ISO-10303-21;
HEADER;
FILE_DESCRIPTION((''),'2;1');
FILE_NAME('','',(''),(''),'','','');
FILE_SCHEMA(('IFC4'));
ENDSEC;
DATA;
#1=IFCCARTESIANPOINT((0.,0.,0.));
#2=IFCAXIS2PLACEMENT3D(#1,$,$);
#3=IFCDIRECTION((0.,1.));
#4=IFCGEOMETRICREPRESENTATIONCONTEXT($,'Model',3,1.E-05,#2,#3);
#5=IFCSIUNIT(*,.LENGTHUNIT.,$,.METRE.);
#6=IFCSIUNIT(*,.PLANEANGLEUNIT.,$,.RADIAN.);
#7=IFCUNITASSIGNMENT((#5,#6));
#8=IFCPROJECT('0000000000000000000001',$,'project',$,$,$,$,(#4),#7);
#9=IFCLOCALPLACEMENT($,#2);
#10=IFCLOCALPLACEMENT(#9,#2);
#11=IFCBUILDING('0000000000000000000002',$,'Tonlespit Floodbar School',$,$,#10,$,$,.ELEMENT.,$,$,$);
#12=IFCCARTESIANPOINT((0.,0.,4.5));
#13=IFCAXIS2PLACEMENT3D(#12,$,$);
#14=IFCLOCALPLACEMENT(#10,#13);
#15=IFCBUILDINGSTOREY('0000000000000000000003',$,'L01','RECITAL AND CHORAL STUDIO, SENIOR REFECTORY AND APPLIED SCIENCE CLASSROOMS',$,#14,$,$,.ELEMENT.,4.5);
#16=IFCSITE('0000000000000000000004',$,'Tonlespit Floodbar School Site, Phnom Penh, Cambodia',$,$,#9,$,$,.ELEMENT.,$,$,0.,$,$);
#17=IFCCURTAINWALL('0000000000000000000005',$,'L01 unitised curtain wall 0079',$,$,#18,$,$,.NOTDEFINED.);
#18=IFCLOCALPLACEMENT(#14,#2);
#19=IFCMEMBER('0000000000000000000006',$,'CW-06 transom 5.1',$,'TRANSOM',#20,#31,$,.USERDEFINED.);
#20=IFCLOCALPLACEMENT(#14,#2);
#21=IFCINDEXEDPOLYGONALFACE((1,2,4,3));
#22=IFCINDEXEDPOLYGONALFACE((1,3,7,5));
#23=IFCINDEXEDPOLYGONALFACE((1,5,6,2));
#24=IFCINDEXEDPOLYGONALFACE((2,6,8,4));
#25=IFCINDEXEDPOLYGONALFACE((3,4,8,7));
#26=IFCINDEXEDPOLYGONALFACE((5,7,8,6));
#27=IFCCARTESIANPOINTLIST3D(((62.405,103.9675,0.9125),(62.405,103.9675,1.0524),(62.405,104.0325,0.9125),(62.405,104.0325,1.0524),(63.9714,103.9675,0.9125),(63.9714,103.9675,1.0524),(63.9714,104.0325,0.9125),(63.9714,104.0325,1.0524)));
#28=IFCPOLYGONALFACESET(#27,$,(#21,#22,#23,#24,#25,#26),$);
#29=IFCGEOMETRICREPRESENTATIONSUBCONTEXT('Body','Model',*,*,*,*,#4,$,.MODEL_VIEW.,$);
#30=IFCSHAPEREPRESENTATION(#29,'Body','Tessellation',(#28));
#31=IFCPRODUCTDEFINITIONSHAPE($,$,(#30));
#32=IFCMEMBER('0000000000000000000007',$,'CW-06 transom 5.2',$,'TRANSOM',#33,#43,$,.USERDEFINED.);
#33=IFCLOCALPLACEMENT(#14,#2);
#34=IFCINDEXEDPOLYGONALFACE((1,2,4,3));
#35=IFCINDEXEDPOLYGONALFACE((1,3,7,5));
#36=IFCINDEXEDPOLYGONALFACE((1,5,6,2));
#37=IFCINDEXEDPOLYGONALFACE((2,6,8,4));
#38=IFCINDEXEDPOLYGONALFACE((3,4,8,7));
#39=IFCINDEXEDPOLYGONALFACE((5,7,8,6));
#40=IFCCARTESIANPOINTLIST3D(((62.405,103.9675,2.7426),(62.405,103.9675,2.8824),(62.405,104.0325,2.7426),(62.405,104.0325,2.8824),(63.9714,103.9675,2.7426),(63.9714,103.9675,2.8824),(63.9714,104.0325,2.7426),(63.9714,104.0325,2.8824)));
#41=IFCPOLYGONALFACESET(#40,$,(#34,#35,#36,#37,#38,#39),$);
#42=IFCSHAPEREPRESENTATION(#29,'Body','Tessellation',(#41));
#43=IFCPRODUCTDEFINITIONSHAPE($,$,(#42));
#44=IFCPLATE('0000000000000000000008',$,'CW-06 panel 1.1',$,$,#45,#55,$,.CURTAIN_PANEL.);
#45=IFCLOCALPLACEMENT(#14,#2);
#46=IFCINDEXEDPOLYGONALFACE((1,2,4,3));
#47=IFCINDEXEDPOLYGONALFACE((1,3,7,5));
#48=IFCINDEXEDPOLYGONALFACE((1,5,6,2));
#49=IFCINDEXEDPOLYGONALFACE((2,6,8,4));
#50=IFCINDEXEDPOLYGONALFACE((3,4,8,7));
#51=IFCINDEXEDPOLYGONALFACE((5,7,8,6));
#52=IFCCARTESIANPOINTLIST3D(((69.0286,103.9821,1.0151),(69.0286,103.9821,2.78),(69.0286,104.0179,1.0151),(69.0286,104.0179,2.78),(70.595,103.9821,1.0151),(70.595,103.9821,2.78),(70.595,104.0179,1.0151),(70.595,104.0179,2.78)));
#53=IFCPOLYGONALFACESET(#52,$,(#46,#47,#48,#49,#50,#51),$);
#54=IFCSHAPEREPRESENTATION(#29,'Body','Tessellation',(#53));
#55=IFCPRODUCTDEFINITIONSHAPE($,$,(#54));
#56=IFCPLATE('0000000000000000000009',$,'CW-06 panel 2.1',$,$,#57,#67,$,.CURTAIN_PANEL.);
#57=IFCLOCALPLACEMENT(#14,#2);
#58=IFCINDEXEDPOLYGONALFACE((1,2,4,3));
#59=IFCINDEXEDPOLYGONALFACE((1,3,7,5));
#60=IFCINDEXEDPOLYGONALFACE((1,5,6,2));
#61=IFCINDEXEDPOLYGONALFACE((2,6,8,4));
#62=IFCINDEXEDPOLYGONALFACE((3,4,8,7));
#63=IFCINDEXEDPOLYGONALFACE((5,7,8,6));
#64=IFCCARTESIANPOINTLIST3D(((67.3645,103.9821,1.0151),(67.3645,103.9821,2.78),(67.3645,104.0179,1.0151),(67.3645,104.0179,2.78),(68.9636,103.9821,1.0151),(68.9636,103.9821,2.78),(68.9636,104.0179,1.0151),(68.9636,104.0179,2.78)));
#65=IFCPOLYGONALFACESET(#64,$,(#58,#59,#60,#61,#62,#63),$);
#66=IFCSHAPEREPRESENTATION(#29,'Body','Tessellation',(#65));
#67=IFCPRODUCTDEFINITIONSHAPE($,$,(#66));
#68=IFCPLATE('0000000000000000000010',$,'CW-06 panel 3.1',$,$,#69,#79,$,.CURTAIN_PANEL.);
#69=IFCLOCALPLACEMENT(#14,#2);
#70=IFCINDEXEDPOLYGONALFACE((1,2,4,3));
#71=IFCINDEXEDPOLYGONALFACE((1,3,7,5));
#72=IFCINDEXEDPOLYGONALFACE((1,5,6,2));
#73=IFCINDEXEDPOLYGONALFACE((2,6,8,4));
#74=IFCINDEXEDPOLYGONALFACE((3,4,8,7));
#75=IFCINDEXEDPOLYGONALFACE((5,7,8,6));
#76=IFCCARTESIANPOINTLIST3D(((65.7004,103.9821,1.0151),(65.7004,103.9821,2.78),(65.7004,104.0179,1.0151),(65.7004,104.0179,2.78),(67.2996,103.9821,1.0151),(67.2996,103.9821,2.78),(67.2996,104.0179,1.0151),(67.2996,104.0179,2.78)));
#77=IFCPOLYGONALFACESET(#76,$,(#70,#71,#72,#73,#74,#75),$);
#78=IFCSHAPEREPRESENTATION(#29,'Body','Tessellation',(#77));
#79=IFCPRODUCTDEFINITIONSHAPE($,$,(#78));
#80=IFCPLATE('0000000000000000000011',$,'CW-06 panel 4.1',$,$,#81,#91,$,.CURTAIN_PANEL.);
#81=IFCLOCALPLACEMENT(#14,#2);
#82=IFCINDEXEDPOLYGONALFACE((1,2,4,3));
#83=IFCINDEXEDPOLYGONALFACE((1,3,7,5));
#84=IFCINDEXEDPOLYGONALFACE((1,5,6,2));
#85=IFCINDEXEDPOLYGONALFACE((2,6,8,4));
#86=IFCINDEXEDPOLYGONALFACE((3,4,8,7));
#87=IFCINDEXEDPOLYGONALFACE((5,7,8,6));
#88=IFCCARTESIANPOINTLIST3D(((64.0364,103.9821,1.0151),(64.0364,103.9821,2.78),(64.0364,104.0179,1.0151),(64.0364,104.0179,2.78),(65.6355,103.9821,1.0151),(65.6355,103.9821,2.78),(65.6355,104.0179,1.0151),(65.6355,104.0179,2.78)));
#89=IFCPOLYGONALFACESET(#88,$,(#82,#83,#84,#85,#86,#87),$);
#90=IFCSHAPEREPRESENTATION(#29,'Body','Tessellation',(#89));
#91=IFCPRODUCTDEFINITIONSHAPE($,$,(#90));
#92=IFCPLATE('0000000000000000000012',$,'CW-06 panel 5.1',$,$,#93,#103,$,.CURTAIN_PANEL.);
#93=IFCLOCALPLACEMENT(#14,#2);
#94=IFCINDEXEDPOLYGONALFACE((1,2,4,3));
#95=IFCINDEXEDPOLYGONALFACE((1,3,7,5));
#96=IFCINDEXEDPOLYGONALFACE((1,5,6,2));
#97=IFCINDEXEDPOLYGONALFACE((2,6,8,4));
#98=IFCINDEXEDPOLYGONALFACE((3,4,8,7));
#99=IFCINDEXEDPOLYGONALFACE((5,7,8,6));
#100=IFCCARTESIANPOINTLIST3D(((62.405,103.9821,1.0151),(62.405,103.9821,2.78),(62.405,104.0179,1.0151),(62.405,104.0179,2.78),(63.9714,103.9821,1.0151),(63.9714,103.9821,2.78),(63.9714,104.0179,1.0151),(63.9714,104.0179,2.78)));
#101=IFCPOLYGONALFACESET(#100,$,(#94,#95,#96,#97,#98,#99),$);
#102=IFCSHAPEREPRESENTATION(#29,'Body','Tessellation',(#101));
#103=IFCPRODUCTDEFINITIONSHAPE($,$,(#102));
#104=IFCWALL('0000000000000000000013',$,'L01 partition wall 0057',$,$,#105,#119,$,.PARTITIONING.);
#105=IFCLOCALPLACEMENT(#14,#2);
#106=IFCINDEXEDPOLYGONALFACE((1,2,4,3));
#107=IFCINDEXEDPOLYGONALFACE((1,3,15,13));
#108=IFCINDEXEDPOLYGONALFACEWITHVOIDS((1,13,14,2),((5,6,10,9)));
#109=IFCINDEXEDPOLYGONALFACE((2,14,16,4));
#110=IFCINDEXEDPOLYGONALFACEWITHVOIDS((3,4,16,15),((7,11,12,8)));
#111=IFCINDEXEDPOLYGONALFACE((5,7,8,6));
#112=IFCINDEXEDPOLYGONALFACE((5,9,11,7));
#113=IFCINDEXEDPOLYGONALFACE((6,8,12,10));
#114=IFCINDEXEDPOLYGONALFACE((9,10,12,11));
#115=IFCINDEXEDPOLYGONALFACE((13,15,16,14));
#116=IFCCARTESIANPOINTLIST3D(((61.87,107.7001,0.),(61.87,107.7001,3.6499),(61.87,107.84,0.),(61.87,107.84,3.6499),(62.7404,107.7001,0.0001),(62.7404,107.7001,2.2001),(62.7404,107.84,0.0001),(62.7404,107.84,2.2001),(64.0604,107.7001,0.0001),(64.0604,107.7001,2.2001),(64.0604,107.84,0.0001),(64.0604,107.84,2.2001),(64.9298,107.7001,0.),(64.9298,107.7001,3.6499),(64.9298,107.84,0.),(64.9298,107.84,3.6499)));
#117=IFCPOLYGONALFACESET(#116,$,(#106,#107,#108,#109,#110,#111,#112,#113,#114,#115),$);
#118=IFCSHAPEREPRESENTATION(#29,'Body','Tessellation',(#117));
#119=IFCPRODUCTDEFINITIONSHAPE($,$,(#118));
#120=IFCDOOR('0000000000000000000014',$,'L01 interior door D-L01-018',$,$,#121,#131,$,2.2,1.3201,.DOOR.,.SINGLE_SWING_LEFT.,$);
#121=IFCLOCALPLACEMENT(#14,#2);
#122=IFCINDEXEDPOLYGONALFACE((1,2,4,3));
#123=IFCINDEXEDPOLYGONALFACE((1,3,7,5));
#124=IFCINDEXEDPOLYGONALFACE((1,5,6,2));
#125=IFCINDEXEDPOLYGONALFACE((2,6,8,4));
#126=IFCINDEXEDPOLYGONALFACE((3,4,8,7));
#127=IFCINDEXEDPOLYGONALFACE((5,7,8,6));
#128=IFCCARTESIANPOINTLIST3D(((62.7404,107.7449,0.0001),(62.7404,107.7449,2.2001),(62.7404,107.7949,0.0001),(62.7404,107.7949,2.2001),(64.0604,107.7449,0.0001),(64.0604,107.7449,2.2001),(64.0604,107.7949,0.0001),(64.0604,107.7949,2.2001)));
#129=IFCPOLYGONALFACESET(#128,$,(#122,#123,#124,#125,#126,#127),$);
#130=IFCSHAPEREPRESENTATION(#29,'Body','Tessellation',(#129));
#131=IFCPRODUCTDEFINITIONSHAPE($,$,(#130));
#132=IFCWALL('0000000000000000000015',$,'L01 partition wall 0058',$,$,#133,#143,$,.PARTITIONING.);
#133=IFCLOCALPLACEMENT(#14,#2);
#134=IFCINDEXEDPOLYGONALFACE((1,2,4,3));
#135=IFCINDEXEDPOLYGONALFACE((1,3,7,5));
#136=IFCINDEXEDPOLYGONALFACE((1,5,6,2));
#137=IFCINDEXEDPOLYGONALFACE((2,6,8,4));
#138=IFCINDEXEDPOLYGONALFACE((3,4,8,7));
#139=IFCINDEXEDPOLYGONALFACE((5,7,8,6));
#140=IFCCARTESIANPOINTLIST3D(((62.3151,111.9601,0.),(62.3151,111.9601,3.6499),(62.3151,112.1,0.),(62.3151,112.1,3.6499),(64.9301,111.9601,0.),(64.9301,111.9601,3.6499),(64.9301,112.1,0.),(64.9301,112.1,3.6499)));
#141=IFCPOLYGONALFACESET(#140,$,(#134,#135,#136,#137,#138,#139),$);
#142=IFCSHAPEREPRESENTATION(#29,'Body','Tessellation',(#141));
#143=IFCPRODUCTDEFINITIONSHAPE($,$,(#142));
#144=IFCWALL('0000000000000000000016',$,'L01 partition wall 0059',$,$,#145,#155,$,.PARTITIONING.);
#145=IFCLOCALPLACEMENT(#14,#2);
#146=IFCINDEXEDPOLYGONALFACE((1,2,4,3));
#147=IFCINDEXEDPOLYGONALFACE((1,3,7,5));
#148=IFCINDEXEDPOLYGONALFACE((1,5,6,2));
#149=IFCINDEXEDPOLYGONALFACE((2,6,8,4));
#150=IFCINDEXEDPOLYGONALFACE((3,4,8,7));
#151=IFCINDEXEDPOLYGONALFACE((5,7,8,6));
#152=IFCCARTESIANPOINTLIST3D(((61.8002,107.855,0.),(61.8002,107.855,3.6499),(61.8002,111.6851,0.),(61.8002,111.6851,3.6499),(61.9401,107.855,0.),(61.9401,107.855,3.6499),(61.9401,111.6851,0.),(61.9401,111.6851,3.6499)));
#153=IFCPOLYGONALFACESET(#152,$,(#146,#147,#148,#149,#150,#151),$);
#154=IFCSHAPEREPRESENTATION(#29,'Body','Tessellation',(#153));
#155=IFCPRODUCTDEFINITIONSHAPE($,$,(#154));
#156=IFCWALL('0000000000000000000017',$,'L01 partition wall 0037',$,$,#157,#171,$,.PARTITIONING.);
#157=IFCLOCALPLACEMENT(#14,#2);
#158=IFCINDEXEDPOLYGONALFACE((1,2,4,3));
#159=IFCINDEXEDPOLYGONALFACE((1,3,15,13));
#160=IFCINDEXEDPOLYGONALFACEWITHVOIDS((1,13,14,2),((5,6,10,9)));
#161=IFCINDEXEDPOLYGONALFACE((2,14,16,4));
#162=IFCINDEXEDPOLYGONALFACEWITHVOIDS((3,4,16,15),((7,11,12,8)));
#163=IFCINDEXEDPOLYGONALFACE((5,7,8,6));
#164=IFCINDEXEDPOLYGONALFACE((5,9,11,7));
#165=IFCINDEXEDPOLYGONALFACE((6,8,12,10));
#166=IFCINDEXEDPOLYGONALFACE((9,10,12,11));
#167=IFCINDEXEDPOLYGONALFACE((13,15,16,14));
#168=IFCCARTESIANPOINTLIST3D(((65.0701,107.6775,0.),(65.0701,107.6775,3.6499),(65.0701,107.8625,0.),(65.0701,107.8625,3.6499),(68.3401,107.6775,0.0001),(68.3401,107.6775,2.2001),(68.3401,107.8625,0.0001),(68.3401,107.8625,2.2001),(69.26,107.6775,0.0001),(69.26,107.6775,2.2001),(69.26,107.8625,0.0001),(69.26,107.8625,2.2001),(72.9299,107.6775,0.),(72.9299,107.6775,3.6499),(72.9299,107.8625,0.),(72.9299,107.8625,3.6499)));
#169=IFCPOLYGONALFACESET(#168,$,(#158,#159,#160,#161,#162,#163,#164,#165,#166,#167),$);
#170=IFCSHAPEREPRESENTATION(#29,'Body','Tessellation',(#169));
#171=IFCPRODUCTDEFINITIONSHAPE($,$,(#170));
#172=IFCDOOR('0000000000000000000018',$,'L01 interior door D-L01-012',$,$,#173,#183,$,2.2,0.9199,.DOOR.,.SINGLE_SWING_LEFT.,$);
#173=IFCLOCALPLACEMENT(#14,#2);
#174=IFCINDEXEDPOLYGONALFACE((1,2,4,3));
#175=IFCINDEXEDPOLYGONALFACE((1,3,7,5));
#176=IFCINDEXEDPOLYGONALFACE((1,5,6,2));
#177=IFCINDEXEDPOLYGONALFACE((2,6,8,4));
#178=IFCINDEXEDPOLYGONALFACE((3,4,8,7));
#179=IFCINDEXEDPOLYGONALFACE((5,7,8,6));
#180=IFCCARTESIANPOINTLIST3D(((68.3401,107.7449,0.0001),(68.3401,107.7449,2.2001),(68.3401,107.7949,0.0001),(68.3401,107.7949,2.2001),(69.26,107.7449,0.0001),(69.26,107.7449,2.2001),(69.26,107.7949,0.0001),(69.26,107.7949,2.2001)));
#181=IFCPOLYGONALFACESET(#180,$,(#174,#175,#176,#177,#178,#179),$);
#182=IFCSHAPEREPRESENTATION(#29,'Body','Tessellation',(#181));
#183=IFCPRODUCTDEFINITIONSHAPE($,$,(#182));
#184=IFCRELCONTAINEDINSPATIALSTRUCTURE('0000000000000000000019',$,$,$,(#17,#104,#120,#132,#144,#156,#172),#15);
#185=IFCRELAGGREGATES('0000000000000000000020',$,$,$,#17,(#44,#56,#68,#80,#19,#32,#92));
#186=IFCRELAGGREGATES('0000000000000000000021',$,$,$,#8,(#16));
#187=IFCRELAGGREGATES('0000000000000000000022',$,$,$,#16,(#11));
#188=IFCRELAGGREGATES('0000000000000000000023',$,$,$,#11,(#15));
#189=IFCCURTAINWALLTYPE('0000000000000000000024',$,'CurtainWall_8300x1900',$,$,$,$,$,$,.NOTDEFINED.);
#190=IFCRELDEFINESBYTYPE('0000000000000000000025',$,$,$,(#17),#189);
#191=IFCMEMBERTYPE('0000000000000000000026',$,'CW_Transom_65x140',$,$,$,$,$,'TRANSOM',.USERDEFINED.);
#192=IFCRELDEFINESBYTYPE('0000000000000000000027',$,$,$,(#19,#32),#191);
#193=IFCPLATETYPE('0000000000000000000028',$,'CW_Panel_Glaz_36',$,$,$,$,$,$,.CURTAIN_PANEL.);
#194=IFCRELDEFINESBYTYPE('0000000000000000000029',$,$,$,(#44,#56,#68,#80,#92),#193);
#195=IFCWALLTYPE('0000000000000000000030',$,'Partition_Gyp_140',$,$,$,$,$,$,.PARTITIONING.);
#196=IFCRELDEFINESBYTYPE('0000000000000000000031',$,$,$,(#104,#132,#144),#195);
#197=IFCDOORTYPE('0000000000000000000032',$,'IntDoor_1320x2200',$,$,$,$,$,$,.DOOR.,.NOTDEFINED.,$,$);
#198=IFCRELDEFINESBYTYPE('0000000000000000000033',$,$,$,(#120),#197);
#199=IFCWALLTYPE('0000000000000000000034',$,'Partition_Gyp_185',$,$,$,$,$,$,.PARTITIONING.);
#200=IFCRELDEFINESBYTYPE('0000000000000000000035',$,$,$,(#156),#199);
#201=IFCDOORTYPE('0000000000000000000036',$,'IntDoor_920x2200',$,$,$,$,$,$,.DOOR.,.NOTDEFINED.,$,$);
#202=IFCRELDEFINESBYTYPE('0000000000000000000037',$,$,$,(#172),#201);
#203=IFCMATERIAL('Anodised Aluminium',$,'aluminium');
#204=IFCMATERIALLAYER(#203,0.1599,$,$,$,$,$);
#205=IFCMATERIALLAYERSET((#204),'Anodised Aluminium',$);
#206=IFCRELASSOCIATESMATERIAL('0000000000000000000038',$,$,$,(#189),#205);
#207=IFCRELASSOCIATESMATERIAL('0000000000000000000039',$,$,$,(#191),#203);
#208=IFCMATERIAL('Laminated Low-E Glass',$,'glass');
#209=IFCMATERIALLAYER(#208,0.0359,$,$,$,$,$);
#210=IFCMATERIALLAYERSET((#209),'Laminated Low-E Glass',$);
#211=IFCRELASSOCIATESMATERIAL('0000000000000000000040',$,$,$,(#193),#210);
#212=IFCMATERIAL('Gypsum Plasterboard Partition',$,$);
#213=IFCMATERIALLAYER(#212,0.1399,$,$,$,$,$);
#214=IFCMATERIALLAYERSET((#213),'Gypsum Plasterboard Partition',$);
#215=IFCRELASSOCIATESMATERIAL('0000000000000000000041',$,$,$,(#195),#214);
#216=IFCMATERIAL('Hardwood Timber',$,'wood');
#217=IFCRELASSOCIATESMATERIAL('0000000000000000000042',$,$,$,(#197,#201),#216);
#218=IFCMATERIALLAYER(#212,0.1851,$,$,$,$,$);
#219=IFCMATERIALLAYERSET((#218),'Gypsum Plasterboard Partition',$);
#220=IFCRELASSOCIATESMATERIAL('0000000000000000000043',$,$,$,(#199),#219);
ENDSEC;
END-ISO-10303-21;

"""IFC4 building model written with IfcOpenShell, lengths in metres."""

from ifc_helpers import new_model, si_unit, direction, frame, frame_2d, origin, origin_2d, place, context, subcontext, project, spatial, rectangle, extrude, material, layer, layer_set, material_profile, profile_set, type_object, element, fill, aggregate, save


model = new_model("IFC4")

# Units and contexts
model_context = context("Model", 3, precision=1e-05, world=origin(), true_north=direction((0.0, 1.0)))
body_context = subcontext(model_context, "Body", "Model", "MODEL_VIEW")
ifc_project = project(units=[si_unit("LENGTHUNIT", "METRE"), si_unit("PLANEANGLEUNIT", "RADIAN")], contexts=[model_context])

# Site, building, storey
site_placement = place(None, origin())
site = spatial("IfcSite", under=ifc_project, at=site_placement, Name="Tonlespit Floodbar School Site, Phnom Penh, Cambodia", CompositionType="ELEMENT", RefElevation=0.0)
building_placement = place(site_placement, origin())
building = spatial("IfcBuilding", under=site, at=building_placement, Name="Tonlespit Floodbar School", CompositionType="ELEMENT")
storey_placement = place(building_placement, frame((0.0, 0.0, 4.5)))
storey = spatial("IfcBuildingStorey", under=building, at=storey_placement, Name="L01", Description="RECITAL AND CHORAL STUDIO, SENIOR REFECTORY AND APPLIED SCIENCE CLASSROOMS", CompositionType="ELEMENT", Elevation=4.5)

# Curtain wall, members, plates
ifc_material_1 = material(Name="Anodised Aluminium", Category="aluminium")
ifc_layer_1 = layer(ifc_material_1, 0.1599)
ifc_layer_set_1 = layer_set([ifc_layer_1], Name="Anodised Aluminium")
curtain_wall_type = type_object("IfcCurtainWallType", Name="CurtainWall_8300x1900", PredefinedType="NOTDEFINED", material=ifc_layer_set_1)
curtain_wall_placement = place(storey_placement, origin())
curtain_wall = element("IfcCurtainWall", 1, at=curtain_wall_placement, inside=storey, type_object=curtain_wall_type, Name="L01 unitised curtain wall 0079", PredefinedType="NOTDEFINED")
ifc_material_profile_1 = material_profile(ifc_material_1, rectangle(XDim=0.0649, YDim=0.1399, at=origin_2d()), Name="ALU T65x140")
ifc_profile_set_1 = profile_set([ifc_material_profile_1], Name="Anodised Aluminium")
member_type_1 = type_object("IfcMemberType", Name="CW_Transom_65x140", ElementType="TRANSOM", PredefinedType="USERDEFINED", material=ifc_profile_set_1)
member_1_placement = place(storey_placement, frame((63.9714, 104.0, 0.9824), z_axis=(-1.0, 0.0, 0.0), x_axis=(0.0, -1.0, 0.0)))
member_1 = element("IfcMember", 2, at=member_1_placement, type_object=member_type_1, Name="CW-06 transom 5.1", ObjectType="TRANSOM", PredefinedType="USERDEFINED", context=body_context, shape_type="SweptSolid", body=[
    extrude(rectangle(XDim=0.0649, YDim=0.1399, at=origin_2d()), origin(), (0.0, 0.0, 1.0), 1.5664),
])
member_2_placement = place(storey_placement, frame((63.9714, 104.0, 2.8125), z_axis=(-1.0, 0.0, 0.0), x_axis=(0.0, -1.0, 0.0)))
member_2 = element("IfcMember", 3, at=member_2_placement, type_object=member_type_1, Name="CW-06 transom 5.2", ObjectType="TRANSOM", PredefinedType="USERDEFINED", context=body_context, shape_type="SweptSolid", body=[
    extrude(rectangle(XDim=0.0649, YDim=0.1399, at=origin_2d()), origin(), (0.0, 0.0, 1.0), 1.5664),
])
ifc_material_2 = material(Name="Laminated Low-E Glass", Category="glass")
ifc_layer_2 = layer(ifc_material_2, 0.0359)
ifc_layer_set_2 = layer_set([ifc_layer_2], Name="Laminated Low-E Glass")
plate_type = type_object("IfcPlateType", Name="CW_Panel_Glaz_36", PredefinedType="CURTAIN_PANEL", material=ifc_layer_set_2)
plate_1_placement = place(storey_placement, frame((69.8118, 104.0, 1.0151), z_axis=(0.0, 0.0, 1.0), x_axis=(-1.0, 0.0, 0.0)))
plate_1 = element("IfcPlate", 4, at=plate_1_placement, type_object=plate_type, Name="CW-06 panel 1.1", PredefinedType="CURTAIN_PANEL", context=body_context, shape_type="SweptSolid", body=[
    extrude(rectangle(XDim=1.5664, YDim=0.0359, at=origin_2d()), origin(), (0.0, 0.0, 1.0), 1.7649),
])
plate_2_placement = place(storey_placement, frame((68.1641, 104.0, 1.0151), z_axis=(0.0, 0.0, 1.0), x_axis=(-1.0, 0.0, 0.0)))
plate_2 = element("IfcPlate", 5, at=plate_2_placement, type_object=plate_type, Name="CW-06 panel 2.1", PredefinedType="CURTAIN_PANEL", context=body_context, shape_type="SweptSolid", body=[
    extrude(rectangle(XDim=1.5991, YDim=0.0359, at=origin_2d()), origin(), (0.0, 0.0, 1.0), 1.7649),
])
plate_3_placement = place(storey_placement, frame((66.5, 104.0, 1.0151), z_axis=(0.0, 0.0, 1.0), x_axis=(-1.0, 0.0, 0.0)))
plate_3 = element("IfcPlate", 6, at=plate_3_placement, type_object=plate_type, Name="CW-06 panel 3.1", PredefinedType="CURTAIN_PANEL", context=body_context, shape_type="SweptSolid", body=[
    extrude(rectangle(XDim=1.5991, YDim=0.0359, at=origin_2d()), origin(), (0.0, 0.0, 1.0), 1.7649),
])
plate_4_placement = place(storey_placement, frame((64.8359, 104.0, 1.0151), z_axis=(0.0, 0.0, 1.0), x_axis=(-1.0, 0.0, 0.0)))
plate_4 = element("IfcPlate", 7, at=plate_4_placement, type_object=plate_type, Name="CW-06 panel 4.1", PredefinedType="CURTAIN_PANEL", context=body_context, shape_type="SweptSolid", body=[
    extrude(rectangle(XDim=1.5991, YDim=0.0359, at=origin_2d()), origin(), (0.0, 0.0, 1.0), 1.7649),
])
plate_5_placement = place(storey_placement, frame((63.1882, 104.0, 1.0151), z_axis=(0.0, 0.0, 1.0), x_axis=(-1.0, 0.0, 0.0)))
plate_5 = element("IfcPlate", 8, at=plate_5_placement, type_object=plate_type, Name="CW-06 panel 5.1", PredefinedType="CURTAIN_PANEL", context=body_context, shape_type="SweptSolid", body=[
    extrude(rectangle(XDim=1.5664, YDim=0.0359, at=origin_2d()), origin(), (0.0, 0.0, 1.0), 1.7649),
])
aggregate(curtain_wall, [plate_1, plate_2, plate_3, plate_4, member_1, member_2, plate_5])

# Wall, opening, door
ifc_material_3 = material(Name="Gypsum Plasterboard Partition")
ifc_layer_3 = layer(ifc_material_3, 0.1399)
ifc_layer_set_3 = layer_set([ifc_layer_3], Name="Gypsum Plasterboard Partition")
wall_type_1 = type_object("IfcWallType", Name="Partition_Gyp_140", PredefinedType="PARTITIONING", material=ifc_layer_set_3)
wall_1_placement = place(storey_placement, frame((61.8701, 107.77, 0.0), z_axis=(0.0, 0.0, 1.0), x_axis=(1.0, 0.0, 0.0)))
wall_1 = element("IfcWall", 9, at=wall_1_placement, inside=storey, type_object=wall_type_1, Name="L01 partition wall 0057", PredefinedType="PARTITIONING", context=body_context, shape_type="SweptSolid", body=[
    extrude(rectangle(XDim=3.0598, YDim=0.1399, at=frame_2d((1.5298, 0.0))), origin(), (0.0, 0.0, 1.0), 3.6499),
])
opening_1_placement = place(wall_1_placement, frame((0.8701, 0.0, 0.0)))
opening_1 = element("IfcOpeningElement", 10, at=opening_1_placement, cuts=wall_1, PredefinedType="OPENING", context=body_context, shape_type="SweptSolid", body=[
    extrude(rectangle(XDim=1.3201, YDim=2.2, at=frame_2d((0.6602, 1.1001))), frame((0.0, 0.0798, 0.0), z_axis=(0.0, -1.0, 0.0), x_axis=(1.0, 0.0, 0.0)), (0.0, 0.0, 1.0), 0.1599),
])
ifc_material_4 = material(Name="Hardwood Timber", Category="wood")
door_type_1 = type_object("IfcDoorType", Name="IntDoor_1320x2200", OperationType="NOTDEFINED", PredefinedType="DOOR", material=ifc_material_4)
door_1_placement = place(opening_1_placement, origin())
door_1 = element("IfcDoor", 11, at=door_1_placement, inside=storey, type_object=door_type_1, Name="L01 interior door D-L01-018", OperationType="SINGLE_SWING_LEFT", OverallHeight=2.2, OverallWidth=1.3201, PredefinedType="DOOR", context=body_context, shape_type="SweptSolid", body=[
    extrude(rectangle(XDim=1.3201, YDim=2.2, at=frame_2d((0.6602, 1.1001))), frame((0.0, 0.0249, 0.0), z_axis=(0.0, -1.0, 0.0), x_axis=(1.0, 0.0, 0.0)), (0.0, 0.0, 1.0), 0.05),
])
fill(opening_1, door_1)

# Walls
wall_2_placement = place(storey_placement, frame((62.3149, 112.03, 0.0), z_axis=(0.0, 0.0, 1.0), x_axis=(1.0, 0.0, 0.0)))
element("IfcWall", 12, at=wall_2_placement, inside=storey, type_object=wall_type_1, Name="L01 partition wall 0058", PredefinedType="PARTITIONING", context=body_context, shape_type="SweptSolid", body=[
    extrude(rectangle(XDim=2.615, YDim=0.1399, at=frame_2d((1.3076, 0.0))), origin(), (0.0, 0.0, 1.0), 3.6499),
])
wall_3_placement = place(storey_placement, frame((61.8701, 107.855, 0.0), z_axis=(0.0, 0.0, 1.0), x_axis=(0.0, 1.0, 0.0)))
element("IfcWall", 13, at=wall_3_placement, inside=storey, type_object=wall_type_1, Name="L01 partition wall 0059", PredefinedType="PARTITIONING", context=body_context, shape_type="SweptSolid", body=[
    extrude(rectangle(XDim=3.8301, YDim=0.1399, at=frame_2d((1.915, 0.0))), origin(), (0.0, 0.0, 1.0), 3.6499),
])

# Wall, opening, door
ifc_layer_4 = layer(ifc_material_3, 0.1851)
ifc_layer_set_4 = layer_set([ifc_layer_4], Name="Gypsum Plasterboard Partition")
wall_type_2 = type_object("IfcWallType", Name="Partition_Gyp_185", PredefinedType="PARTITIONING", material=ifc_layer_set_4)
wall_4_placement = place(storey_placement, frame((65.0701, 107.77, 0.0), z_axis=(0.0, 0.0, 1.0), x_axis=(1.0, 0.0, 0.0)))
wall_4 = element("IfcWall", 14, at=wall_4_placement, inside=storey, type_object=wall_type_2, Name="L01 partition wall 0037", PredefinedType="PARTITIONING", context=body_context, shape_type="SweptSolid", body=[
    extrude(rectangle(XDim=7.8599, YDim=0.1851, at=frame_2d((3.9299, 0.0))), origin(), (0.0, 0.0, 1.0), 3.6499),
])
opening_2_placement = place(wall_4_placement, frame((3.27, 0.0, 0.0)))
opening_2 = element("IfcOpeningElement", 15, at=opening_2_placement, cuts=wall_4, PredefinedType="OPENING", context=body_context, shape_type="SweptSolid", body=[
    extrude(rectangle(XDim=0.9199, YDim=2.2, at=frame_2d((0.46, 1.1001))), frame((0.0, 0.1025, 0.0), z_axis=(0.0, -1.0, 0.0), x_axis=(1.0, 0.0, 0.0)), (0.0, 0.0, 1.0), 0.2051),
])
door_type_2 = type_object("IfcDoorType", Name="IntDoor_920x2200", OperationType="NOTDEFINED", PredefinedType="DOOR", material=ifc_material_4)
door_2_placement = place(opening_2_placement, origin())
door_2 = element("IfcDoor", 16, at=door_2_placement, inside=storey, type_object=door_type_2, Name="L01 interior door D-L01-012", OperationType="SINGLE_SWING_LEFT", OverallHeight=2.2, OverallWidth=0.9199, PredefinedType="DOOR", context=body_context, shape_type="SweptSolid", body=[
    extrude(rectangle(XDim=0.9199, YDim=2.2, at=frame_2d((0.46, 1.1001))), frame((0.0, 0.0249, 0.0), z_axis=(0.0, -1.0, 0.0), x_axis=(1.0, 0.0, 0.0)), (0.0, 0.0, 1.0), 0.05),
])
fill(opening_2, door_2)

save(model, "model.ifc")
